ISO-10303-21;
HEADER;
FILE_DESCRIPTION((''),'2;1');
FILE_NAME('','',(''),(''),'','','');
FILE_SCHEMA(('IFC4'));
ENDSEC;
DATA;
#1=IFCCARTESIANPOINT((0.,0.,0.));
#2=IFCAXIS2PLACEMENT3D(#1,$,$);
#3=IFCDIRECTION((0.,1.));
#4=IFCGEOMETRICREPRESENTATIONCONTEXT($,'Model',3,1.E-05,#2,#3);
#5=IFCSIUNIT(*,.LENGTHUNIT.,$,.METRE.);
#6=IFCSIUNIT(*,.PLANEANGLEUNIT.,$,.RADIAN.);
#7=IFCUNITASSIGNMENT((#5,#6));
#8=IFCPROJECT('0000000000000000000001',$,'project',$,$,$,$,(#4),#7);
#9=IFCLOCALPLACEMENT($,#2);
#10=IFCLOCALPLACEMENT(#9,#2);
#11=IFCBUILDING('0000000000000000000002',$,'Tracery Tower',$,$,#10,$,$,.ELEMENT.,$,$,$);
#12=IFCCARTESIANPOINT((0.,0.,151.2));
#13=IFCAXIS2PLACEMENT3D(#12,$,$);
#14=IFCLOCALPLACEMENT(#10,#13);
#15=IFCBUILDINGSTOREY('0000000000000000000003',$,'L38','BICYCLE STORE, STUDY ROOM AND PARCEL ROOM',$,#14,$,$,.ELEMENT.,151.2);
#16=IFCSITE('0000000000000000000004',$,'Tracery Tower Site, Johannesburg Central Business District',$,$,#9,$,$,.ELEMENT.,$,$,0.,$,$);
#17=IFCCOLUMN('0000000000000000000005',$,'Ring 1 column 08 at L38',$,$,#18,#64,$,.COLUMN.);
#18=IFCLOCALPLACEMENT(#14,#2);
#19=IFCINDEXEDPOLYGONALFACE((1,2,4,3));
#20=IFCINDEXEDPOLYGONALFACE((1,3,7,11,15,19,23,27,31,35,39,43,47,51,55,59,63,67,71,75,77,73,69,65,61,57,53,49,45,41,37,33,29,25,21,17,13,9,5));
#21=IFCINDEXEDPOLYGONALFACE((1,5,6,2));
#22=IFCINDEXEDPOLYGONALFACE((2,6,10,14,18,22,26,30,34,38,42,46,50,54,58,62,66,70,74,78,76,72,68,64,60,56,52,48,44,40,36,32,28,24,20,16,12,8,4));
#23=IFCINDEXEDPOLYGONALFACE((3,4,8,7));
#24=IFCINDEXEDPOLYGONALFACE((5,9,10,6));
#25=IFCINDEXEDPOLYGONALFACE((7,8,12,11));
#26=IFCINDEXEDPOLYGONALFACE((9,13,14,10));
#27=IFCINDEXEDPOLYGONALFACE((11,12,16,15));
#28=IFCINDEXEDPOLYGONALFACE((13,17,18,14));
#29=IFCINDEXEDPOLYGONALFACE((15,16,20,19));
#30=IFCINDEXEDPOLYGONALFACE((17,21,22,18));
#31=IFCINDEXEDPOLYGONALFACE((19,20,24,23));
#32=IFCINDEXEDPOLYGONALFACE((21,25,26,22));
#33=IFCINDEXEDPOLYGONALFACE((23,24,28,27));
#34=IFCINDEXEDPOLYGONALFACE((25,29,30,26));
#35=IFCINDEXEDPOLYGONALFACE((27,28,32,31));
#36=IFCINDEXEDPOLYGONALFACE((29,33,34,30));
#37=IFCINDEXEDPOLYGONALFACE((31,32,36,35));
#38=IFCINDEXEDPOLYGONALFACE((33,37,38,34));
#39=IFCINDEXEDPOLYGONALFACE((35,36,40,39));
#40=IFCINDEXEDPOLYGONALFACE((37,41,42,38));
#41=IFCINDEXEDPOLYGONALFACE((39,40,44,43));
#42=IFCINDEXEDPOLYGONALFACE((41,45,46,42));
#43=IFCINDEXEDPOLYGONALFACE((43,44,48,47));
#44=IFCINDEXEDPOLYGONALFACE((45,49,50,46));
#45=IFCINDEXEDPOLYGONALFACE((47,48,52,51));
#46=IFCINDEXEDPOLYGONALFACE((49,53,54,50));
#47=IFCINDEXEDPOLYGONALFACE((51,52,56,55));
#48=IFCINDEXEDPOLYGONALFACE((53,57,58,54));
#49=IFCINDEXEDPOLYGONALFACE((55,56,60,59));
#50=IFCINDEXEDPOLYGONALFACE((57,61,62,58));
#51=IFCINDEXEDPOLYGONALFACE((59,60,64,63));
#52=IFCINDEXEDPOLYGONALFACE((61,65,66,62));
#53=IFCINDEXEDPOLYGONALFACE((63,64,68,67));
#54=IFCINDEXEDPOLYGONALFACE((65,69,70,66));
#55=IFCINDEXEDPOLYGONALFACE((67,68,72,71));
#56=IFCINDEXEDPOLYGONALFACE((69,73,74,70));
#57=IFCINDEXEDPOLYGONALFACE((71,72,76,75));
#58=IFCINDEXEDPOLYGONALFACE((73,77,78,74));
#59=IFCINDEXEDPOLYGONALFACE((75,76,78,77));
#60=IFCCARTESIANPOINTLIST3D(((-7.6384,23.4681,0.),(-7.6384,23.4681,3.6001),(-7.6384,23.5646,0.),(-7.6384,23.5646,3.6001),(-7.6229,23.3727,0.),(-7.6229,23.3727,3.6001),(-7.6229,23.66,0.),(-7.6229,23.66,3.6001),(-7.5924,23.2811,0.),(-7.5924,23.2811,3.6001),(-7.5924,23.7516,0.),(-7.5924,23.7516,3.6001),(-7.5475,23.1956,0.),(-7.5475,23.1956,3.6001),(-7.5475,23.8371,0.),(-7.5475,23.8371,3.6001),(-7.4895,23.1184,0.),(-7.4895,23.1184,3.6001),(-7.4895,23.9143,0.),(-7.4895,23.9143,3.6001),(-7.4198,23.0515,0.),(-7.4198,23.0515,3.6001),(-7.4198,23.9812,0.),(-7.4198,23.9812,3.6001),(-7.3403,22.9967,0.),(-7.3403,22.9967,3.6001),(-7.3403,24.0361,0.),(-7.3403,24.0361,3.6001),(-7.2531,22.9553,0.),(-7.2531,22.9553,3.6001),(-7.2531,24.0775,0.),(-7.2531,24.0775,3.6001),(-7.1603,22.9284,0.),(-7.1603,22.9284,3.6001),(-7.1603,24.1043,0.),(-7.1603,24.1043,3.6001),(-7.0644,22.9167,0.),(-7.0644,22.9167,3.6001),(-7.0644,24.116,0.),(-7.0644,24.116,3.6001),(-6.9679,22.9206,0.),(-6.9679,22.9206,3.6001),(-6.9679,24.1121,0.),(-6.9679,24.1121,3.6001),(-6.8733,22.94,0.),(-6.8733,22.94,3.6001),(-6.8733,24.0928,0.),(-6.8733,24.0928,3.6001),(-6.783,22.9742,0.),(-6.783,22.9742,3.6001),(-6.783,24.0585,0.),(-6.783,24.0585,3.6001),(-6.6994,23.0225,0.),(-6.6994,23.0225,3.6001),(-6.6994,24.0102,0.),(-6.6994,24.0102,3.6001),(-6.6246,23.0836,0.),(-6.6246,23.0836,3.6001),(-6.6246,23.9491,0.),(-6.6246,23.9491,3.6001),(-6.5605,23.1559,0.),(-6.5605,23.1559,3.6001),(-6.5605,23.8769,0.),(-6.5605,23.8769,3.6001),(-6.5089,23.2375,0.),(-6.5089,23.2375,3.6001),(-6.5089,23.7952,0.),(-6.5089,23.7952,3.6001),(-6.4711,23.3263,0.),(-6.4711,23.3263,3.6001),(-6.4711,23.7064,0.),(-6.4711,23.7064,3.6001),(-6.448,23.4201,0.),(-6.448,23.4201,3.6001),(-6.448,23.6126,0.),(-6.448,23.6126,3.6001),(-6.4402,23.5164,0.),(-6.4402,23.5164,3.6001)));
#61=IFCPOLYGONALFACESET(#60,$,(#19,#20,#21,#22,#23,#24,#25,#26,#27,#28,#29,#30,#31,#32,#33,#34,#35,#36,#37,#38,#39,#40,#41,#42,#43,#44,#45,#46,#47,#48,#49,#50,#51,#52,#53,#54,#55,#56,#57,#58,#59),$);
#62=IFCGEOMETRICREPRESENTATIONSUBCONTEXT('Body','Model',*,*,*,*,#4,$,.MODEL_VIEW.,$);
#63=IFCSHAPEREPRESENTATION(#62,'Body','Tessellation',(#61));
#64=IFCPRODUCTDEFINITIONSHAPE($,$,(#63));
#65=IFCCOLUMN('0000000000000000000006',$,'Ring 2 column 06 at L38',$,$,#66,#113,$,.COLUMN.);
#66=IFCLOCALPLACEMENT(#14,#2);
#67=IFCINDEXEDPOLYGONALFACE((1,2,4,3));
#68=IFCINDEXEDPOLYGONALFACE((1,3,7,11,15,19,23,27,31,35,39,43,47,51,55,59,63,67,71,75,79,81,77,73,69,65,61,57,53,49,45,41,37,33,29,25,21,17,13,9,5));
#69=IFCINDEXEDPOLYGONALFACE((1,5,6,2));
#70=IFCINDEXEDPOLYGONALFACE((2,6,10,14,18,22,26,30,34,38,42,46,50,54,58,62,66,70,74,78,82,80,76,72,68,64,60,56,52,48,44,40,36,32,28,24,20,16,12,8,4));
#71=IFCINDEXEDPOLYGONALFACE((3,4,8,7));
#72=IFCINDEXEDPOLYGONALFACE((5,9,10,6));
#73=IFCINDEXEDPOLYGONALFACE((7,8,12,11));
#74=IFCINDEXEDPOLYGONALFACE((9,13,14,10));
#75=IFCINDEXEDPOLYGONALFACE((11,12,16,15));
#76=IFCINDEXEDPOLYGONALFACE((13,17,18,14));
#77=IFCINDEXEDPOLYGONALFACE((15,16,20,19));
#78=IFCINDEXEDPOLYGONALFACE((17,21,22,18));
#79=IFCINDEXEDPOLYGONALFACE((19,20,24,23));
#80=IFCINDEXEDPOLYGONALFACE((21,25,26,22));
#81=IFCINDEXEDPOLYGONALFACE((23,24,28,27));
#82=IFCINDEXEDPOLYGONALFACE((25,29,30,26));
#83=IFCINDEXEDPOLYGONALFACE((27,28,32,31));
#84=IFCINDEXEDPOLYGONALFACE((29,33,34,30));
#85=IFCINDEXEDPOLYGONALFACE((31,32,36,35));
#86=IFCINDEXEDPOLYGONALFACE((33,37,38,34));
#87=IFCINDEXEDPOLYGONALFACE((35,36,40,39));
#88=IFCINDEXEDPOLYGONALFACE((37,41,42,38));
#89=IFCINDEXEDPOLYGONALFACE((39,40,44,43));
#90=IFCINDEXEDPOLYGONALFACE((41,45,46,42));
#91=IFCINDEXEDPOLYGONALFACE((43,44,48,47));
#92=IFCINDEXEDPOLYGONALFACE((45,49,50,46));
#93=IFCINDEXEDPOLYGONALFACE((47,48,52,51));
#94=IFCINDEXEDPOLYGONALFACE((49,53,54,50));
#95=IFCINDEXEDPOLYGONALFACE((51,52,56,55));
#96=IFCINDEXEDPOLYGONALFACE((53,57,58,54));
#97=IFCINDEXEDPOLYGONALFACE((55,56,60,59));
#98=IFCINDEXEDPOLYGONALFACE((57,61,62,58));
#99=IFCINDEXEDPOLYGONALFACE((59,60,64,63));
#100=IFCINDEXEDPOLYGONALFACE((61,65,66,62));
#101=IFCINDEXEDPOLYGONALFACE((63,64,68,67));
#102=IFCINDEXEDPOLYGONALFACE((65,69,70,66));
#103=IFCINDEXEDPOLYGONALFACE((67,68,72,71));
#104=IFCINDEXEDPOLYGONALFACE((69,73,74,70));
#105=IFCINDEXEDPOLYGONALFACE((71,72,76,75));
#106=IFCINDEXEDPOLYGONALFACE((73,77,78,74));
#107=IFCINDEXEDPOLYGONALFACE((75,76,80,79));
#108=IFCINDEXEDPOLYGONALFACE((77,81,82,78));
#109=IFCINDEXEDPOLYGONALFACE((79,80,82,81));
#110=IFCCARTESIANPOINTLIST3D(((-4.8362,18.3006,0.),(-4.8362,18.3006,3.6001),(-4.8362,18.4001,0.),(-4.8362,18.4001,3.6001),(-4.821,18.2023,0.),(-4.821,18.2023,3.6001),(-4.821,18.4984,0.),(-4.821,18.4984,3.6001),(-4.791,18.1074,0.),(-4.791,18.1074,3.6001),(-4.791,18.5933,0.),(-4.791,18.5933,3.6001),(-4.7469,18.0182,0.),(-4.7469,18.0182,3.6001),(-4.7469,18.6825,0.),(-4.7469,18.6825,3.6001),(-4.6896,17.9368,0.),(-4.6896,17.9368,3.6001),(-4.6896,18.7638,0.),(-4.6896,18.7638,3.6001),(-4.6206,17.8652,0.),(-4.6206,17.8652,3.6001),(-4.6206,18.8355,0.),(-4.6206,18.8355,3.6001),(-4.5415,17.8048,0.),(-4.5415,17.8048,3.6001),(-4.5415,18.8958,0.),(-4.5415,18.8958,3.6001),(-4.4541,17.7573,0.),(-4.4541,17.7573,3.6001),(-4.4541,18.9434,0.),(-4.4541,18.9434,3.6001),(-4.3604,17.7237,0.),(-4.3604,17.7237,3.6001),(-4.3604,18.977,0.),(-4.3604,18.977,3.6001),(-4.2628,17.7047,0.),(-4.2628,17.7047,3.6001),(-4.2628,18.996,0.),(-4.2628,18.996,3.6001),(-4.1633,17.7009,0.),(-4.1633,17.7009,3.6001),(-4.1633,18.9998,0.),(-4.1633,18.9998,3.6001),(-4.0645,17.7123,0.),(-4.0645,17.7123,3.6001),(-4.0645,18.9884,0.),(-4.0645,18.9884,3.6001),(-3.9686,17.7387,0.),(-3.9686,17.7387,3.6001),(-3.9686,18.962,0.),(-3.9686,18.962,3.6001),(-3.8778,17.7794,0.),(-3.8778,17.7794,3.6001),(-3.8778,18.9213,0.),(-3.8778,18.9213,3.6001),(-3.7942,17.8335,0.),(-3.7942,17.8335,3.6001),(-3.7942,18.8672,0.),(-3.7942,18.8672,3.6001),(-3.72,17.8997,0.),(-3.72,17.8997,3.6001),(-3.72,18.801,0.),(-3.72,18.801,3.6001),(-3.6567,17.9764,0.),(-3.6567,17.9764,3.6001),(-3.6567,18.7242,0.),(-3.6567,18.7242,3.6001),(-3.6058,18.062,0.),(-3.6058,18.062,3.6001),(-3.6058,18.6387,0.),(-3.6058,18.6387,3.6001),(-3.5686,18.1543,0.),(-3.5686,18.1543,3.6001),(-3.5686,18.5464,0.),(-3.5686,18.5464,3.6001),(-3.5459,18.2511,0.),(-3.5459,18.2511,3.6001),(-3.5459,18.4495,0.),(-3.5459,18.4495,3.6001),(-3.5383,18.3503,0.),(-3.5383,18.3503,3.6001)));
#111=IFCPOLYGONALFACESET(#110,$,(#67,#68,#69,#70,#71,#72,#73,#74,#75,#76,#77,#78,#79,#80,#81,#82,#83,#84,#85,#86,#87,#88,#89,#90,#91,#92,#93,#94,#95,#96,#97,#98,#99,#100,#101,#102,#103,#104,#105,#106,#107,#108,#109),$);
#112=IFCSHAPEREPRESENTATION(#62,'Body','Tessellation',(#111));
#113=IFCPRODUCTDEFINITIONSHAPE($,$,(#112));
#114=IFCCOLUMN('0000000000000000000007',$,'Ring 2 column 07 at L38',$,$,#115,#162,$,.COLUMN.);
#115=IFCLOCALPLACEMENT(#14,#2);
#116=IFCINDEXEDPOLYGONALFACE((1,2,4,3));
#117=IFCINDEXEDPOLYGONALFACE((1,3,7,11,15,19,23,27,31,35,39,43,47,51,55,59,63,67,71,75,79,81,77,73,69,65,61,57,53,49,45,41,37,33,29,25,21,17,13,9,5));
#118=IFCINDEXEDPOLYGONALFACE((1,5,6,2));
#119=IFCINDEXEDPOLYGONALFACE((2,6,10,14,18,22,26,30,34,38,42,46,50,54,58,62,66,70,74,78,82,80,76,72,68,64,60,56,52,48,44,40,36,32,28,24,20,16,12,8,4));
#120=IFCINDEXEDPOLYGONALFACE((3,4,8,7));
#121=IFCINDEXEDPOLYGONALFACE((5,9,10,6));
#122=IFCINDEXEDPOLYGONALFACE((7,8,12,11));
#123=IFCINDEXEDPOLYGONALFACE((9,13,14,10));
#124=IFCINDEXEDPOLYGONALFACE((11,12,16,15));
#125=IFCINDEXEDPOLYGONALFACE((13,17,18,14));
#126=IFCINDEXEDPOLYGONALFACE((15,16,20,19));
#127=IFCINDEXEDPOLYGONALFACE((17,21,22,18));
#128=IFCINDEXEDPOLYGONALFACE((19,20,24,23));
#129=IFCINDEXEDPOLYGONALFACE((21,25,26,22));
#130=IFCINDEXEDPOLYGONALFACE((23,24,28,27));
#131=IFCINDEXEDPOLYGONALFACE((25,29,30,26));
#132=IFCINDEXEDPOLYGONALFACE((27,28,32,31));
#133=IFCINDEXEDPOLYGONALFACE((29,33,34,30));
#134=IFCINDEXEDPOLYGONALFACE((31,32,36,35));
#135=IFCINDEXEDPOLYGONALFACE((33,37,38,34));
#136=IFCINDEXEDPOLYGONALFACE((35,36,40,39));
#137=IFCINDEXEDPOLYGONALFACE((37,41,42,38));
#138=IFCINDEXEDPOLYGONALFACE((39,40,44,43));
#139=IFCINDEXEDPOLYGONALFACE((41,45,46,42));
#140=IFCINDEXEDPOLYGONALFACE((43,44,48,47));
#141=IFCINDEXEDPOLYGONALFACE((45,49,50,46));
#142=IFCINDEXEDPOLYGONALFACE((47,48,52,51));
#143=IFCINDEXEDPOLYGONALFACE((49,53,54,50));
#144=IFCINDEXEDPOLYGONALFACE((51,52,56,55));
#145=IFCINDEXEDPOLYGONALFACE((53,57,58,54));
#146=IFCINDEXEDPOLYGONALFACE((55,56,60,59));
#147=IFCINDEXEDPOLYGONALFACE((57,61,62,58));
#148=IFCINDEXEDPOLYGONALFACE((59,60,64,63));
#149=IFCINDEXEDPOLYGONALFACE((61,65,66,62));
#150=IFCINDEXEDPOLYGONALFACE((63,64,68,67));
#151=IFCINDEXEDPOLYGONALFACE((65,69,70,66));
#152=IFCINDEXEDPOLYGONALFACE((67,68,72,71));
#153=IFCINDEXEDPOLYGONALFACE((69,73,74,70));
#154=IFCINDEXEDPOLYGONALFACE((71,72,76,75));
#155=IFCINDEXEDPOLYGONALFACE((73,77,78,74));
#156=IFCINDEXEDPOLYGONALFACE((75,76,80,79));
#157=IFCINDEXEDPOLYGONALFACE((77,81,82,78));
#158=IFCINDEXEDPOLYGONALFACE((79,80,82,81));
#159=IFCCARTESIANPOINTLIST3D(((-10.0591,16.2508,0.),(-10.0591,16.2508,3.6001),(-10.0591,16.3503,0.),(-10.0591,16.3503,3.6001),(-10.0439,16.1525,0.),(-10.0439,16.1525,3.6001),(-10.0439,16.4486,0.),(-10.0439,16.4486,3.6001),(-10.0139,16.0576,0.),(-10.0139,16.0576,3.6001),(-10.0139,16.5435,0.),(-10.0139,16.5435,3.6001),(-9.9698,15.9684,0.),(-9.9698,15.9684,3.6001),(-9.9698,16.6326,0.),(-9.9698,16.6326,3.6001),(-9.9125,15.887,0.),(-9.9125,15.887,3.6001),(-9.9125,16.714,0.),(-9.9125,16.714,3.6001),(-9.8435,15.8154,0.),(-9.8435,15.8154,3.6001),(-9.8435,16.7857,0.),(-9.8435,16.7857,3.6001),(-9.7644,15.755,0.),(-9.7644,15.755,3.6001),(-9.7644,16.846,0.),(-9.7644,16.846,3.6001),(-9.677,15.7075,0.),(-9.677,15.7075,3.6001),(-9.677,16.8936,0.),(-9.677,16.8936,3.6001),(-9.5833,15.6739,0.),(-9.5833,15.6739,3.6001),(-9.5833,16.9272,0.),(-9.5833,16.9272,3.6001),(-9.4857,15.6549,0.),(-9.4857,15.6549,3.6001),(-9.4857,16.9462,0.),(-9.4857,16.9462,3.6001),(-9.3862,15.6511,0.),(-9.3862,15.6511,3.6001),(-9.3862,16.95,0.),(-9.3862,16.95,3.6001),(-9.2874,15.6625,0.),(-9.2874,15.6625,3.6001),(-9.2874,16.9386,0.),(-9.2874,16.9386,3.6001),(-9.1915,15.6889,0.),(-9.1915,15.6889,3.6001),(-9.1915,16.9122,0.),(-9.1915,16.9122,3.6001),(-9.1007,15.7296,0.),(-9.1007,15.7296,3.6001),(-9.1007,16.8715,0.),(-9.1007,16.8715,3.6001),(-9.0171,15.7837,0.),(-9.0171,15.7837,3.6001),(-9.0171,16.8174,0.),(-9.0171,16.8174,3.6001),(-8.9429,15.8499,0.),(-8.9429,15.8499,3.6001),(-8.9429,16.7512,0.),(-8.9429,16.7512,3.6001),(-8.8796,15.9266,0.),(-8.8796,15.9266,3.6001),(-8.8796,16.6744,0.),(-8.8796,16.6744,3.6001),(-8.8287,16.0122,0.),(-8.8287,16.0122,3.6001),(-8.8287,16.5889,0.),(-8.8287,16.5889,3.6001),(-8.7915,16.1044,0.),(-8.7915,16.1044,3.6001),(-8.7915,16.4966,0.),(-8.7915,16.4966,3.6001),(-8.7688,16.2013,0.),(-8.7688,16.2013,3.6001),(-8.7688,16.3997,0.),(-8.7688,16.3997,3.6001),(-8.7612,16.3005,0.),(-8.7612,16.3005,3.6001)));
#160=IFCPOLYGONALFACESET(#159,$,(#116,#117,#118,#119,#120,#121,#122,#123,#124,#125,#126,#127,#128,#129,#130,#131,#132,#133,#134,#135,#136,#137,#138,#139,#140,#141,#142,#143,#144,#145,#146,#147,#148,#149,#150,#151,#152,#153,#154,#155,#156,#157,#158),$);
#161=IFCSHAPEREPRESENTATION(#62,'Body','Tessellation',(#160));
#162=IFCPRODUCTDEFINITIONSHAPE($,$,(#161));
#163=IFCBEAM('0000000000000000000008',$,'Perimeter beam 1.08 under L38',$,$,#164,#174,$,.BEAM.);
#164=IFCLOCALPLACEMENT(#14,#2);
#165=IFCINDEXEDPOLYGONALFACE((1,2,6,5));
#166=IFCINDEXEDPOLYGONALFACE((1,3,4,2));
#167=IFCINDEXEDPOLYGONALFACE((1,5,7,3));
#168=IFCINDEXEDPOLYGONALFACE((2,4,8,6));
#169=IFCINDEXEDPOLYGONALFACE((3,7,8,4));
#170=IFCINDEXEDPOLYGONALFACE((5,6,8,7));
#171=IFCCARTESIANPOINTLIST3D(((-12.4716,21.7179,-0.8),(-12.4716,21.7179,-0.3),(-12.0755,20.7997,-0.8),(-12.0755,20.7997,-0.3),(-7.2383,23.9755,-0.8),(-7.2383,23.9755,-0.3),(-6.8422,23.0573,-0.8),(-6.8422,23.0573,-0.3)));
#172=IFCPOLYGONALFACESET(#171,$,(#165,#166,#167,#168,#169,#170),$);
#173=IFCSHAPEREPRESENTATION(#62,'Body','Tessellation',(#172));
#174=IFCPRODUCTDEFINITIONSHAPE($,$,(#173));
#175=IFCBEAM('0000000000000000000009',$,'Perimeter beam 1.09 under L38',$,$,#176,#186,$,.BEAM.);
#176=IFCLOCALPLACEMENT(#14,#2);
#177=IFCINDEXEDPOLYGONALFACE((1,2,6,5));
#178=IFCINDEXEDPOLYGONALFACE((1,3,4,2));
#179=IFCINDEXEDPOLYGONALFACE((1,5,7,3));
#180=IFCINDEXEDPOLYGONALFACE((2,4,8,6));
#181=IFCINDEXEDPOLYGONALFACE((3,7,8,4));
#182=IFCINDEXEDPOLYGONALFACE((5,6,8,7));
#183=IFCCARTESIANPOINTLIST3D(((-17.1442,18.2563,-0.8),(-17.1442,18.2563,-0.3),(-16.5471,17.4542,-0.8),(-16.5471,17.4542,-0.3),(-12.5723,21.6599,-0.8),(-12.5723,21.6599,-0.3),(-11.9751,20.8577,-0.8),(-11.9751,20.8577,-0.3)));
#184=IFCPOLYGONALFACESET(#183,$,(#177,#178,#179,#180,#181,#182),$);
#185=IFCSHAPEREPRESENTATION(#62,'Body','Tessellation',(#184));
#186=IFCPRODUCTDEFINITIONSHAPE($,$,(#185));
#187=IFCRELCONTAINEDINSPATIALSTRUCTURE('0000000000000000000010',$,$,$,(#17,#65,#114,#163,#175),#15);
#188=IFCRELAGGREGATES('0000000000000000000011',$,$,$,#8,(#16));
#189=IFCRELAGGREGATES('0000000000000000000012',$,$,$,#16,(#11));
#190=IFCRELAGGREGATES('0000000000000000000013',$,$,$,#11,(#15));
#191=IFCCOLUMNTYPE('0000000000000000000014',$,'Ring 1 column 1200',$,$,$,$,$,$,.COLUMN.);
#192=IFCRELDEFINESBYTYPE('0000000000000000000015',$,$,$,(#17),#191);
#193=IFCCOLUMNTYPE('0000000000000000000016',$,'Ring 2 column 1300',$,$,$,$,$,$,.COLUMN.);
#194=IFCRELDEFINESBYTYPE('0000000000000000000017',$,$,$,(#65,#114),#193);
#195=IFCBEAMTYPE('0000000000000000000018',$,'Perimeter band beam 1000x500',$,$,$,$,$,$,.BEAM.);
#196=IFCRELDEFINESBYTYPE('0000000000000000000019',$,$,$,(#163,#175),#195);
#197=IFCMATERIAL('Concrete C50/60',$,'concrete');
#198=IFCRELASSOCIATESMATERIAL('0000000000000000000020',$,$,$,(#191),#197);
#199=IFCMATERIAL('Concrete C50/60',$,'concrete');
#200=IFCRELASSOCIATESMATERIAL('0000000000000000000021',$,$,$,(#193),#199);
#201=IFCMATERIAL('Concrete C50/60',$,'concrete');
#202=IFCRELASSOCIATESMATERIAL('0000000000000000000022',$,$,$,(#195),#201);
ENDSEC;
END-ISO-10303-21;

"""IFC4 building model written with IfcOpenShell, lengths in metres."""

from ifc_helpers import new_model, si_unit, direction, frame, origin, origin_2d, place, context, subcontext, project, spatial, rectangle, circle, extrude, material, material_profile, profile_set, type_object, element, save


model = new_model("IFC4")

# Units and contexts
model_context = context("Model", 3, precision=1e-05, world=origin(), true_north=direction((0.0, 1.0)))
body_context = subcontext(model_context, "Body", "Model", "MODEL_VIEW")
ifc_project = project(units=[si_unit("LENGTHUNIT", "METRE"), si_unit("PLANEANGLEUNIT", "RADIAN")], contexts=[model_context])

# Site, building, storey
site_placement = place(None, origin())
site = spatial("IfcSite", under=ifc_project, at=site_placement, Name="Tracery Tower Site, Johannesburg Central Business District", CompositionType="ELEMENT", RefElevation=0.0)
building_placement = place(site_placement, origin())
building = spatial("IfcBuilding", under=site, at=building_placement, Name="Tracery Tower", CompositionType="ELEMENT")
storey_placement = place(building_placement, frame((0.0, 0.0, 151.2)))
storey = spatial("IfcBuildingStorey", under=building, at=storey_placement, Name="L38", Description="BICYCLE STORE, STUDY ROOM AND PARCEL ROOM", CompositionType="ELEMENT", Elevation=151.2)

# Columns
ifc_material_1 = material(Name="Concrete C50/60", Category="concrete")
ifc_material_profile_1 = material_profile(ifc_material_1, circle(Radius=0.6001, at=origin_2d()), Name="RC D1200")
ifc_profile_set_1 = profile_set([ifc_material_profile_1], Name="Concrete C50/60")
column_type_1 = type_object("IfcColumnType", Name="Ring 1 column 1200", PredefinedType="COLUMN", material=ifc_profile_set_1)
column_placement = place(storey_placement, frame((-7.0403, 23.5164, 0.0), z_axis=(0.0, 0.0, 1.0), x_axis=(1.0, 0.0, 0.0)))
element("IfcColumn", 1, at=column_placement, inside=storey, type_object=column_type_1, Name="Ring 1 column 08 at L38", PredefinedType="COLUMN", context=body_context, shape_type="SweptSolid", body=[
    extrude(circle(Radius=0.6001, at=origin_2d()), origin(), (0.0, 0.0, 1.0), 3.6001),
])
ifc_material_2 = material(Name="Concrete C50/60", Category="concrete")
ifc_material_profile_2 = material_profile(ifc_material_2, circle(Radius=0.6499, at=origin_2d()), Name="RC D1300")
ifc_profile_set_2 = profile_set([ifc_material_profile_2], Name="Concrete C50/60")
column_type_2 = type_object("IfcColumnType", Name="Ring 2 column 1300", PredefinedType="COLUMN", material=ifc_profile_set_2)
for number, where, z_axis, x_axis, name in (
    (2, (-4.1882, 18.3503, 0.0), (0.0, 0.0, 1.0), (1.0, 0.0, 0.0), "Ring 2 column 06 at L38"),
    (3, (-9.4111, 16.3005, 0.0), (0.0, 0.0, 1.0), (1.0, 0.0, 0.0), "Ring 2 column 07 at L38"),
):
    element("IfcColumn", number, at=place(storey_placement, frame(where, z_axis=z_axis, x_axis=x_axis)), inside=storey, type_object=column_type_2, Name=name, PredefinedType="COLUMN", context=body_context, shape_type="SweptSolid", body=[
        extrude(circle(Radius=0.6499, at=origin_2d()), origin(), (0.0, 0.0, 1.0), 3.6001),
    ])

# Beams
ifc_material_3 = material(Name="Concrete C50/60", Category="concrete")
ifc_material_profile_3 = material_profile(ifc_material_3, rectangle(XDim=1.0, YDim=0.5, at=origin_2d()), Name="RC 1000x500")
ifc_profile_set_3 = profile_set([ifc_material_profile_3], Name="Concrete C50/60")
beam_type = type_object("IfcBeamType", Name="Perimeter band beam 1000x500", PredefinedType="BEAM", material=ifc_profile_set_3)
beam_1_placement = place(storey_placement, frame((-7.0403, 23.5164, -0.55), z_axis=(-0.91821, -0.396095, 0.0), x_axis=(0.396095, -0.91821, 0.0)))
element("IfcBeam", 4, at=beam_1_placement, inside=storey, type_object=beam_type, Name="Perimeter beam 1.08 under L38", PredefinedType="BEAM", context=body_context, shape_type="SweptSolid", body=[
    extrude(rectangle(XDim=1.0, YDim=0.5, at=origin_2d()), origin(), (0.0, 0.0, 1.0), 5.6995),
])
beam_2_placement = place(storey_placement, frame((-12.2737, 21.2588, -0.55), z_axis=(-0.802138, -0.597138, 0.0), x_axis=(0.597138, -0.802138, 0.0)))
element("IfcBeam", 5, at=beam_2_placement, inside=storey, type_object=beam_type, Name="Perimeter beam 1.09 under L38", PredefinedType="BEAM", context=body_context, shape_type="SweptSolid", body=[
    extrude(rectangle(XDim=1.0, YDim=0.5, at=origin_2d()), origin(), (0.0, 0.0, 1.0), 5.6997),
])

save(model, "model.ifc")
